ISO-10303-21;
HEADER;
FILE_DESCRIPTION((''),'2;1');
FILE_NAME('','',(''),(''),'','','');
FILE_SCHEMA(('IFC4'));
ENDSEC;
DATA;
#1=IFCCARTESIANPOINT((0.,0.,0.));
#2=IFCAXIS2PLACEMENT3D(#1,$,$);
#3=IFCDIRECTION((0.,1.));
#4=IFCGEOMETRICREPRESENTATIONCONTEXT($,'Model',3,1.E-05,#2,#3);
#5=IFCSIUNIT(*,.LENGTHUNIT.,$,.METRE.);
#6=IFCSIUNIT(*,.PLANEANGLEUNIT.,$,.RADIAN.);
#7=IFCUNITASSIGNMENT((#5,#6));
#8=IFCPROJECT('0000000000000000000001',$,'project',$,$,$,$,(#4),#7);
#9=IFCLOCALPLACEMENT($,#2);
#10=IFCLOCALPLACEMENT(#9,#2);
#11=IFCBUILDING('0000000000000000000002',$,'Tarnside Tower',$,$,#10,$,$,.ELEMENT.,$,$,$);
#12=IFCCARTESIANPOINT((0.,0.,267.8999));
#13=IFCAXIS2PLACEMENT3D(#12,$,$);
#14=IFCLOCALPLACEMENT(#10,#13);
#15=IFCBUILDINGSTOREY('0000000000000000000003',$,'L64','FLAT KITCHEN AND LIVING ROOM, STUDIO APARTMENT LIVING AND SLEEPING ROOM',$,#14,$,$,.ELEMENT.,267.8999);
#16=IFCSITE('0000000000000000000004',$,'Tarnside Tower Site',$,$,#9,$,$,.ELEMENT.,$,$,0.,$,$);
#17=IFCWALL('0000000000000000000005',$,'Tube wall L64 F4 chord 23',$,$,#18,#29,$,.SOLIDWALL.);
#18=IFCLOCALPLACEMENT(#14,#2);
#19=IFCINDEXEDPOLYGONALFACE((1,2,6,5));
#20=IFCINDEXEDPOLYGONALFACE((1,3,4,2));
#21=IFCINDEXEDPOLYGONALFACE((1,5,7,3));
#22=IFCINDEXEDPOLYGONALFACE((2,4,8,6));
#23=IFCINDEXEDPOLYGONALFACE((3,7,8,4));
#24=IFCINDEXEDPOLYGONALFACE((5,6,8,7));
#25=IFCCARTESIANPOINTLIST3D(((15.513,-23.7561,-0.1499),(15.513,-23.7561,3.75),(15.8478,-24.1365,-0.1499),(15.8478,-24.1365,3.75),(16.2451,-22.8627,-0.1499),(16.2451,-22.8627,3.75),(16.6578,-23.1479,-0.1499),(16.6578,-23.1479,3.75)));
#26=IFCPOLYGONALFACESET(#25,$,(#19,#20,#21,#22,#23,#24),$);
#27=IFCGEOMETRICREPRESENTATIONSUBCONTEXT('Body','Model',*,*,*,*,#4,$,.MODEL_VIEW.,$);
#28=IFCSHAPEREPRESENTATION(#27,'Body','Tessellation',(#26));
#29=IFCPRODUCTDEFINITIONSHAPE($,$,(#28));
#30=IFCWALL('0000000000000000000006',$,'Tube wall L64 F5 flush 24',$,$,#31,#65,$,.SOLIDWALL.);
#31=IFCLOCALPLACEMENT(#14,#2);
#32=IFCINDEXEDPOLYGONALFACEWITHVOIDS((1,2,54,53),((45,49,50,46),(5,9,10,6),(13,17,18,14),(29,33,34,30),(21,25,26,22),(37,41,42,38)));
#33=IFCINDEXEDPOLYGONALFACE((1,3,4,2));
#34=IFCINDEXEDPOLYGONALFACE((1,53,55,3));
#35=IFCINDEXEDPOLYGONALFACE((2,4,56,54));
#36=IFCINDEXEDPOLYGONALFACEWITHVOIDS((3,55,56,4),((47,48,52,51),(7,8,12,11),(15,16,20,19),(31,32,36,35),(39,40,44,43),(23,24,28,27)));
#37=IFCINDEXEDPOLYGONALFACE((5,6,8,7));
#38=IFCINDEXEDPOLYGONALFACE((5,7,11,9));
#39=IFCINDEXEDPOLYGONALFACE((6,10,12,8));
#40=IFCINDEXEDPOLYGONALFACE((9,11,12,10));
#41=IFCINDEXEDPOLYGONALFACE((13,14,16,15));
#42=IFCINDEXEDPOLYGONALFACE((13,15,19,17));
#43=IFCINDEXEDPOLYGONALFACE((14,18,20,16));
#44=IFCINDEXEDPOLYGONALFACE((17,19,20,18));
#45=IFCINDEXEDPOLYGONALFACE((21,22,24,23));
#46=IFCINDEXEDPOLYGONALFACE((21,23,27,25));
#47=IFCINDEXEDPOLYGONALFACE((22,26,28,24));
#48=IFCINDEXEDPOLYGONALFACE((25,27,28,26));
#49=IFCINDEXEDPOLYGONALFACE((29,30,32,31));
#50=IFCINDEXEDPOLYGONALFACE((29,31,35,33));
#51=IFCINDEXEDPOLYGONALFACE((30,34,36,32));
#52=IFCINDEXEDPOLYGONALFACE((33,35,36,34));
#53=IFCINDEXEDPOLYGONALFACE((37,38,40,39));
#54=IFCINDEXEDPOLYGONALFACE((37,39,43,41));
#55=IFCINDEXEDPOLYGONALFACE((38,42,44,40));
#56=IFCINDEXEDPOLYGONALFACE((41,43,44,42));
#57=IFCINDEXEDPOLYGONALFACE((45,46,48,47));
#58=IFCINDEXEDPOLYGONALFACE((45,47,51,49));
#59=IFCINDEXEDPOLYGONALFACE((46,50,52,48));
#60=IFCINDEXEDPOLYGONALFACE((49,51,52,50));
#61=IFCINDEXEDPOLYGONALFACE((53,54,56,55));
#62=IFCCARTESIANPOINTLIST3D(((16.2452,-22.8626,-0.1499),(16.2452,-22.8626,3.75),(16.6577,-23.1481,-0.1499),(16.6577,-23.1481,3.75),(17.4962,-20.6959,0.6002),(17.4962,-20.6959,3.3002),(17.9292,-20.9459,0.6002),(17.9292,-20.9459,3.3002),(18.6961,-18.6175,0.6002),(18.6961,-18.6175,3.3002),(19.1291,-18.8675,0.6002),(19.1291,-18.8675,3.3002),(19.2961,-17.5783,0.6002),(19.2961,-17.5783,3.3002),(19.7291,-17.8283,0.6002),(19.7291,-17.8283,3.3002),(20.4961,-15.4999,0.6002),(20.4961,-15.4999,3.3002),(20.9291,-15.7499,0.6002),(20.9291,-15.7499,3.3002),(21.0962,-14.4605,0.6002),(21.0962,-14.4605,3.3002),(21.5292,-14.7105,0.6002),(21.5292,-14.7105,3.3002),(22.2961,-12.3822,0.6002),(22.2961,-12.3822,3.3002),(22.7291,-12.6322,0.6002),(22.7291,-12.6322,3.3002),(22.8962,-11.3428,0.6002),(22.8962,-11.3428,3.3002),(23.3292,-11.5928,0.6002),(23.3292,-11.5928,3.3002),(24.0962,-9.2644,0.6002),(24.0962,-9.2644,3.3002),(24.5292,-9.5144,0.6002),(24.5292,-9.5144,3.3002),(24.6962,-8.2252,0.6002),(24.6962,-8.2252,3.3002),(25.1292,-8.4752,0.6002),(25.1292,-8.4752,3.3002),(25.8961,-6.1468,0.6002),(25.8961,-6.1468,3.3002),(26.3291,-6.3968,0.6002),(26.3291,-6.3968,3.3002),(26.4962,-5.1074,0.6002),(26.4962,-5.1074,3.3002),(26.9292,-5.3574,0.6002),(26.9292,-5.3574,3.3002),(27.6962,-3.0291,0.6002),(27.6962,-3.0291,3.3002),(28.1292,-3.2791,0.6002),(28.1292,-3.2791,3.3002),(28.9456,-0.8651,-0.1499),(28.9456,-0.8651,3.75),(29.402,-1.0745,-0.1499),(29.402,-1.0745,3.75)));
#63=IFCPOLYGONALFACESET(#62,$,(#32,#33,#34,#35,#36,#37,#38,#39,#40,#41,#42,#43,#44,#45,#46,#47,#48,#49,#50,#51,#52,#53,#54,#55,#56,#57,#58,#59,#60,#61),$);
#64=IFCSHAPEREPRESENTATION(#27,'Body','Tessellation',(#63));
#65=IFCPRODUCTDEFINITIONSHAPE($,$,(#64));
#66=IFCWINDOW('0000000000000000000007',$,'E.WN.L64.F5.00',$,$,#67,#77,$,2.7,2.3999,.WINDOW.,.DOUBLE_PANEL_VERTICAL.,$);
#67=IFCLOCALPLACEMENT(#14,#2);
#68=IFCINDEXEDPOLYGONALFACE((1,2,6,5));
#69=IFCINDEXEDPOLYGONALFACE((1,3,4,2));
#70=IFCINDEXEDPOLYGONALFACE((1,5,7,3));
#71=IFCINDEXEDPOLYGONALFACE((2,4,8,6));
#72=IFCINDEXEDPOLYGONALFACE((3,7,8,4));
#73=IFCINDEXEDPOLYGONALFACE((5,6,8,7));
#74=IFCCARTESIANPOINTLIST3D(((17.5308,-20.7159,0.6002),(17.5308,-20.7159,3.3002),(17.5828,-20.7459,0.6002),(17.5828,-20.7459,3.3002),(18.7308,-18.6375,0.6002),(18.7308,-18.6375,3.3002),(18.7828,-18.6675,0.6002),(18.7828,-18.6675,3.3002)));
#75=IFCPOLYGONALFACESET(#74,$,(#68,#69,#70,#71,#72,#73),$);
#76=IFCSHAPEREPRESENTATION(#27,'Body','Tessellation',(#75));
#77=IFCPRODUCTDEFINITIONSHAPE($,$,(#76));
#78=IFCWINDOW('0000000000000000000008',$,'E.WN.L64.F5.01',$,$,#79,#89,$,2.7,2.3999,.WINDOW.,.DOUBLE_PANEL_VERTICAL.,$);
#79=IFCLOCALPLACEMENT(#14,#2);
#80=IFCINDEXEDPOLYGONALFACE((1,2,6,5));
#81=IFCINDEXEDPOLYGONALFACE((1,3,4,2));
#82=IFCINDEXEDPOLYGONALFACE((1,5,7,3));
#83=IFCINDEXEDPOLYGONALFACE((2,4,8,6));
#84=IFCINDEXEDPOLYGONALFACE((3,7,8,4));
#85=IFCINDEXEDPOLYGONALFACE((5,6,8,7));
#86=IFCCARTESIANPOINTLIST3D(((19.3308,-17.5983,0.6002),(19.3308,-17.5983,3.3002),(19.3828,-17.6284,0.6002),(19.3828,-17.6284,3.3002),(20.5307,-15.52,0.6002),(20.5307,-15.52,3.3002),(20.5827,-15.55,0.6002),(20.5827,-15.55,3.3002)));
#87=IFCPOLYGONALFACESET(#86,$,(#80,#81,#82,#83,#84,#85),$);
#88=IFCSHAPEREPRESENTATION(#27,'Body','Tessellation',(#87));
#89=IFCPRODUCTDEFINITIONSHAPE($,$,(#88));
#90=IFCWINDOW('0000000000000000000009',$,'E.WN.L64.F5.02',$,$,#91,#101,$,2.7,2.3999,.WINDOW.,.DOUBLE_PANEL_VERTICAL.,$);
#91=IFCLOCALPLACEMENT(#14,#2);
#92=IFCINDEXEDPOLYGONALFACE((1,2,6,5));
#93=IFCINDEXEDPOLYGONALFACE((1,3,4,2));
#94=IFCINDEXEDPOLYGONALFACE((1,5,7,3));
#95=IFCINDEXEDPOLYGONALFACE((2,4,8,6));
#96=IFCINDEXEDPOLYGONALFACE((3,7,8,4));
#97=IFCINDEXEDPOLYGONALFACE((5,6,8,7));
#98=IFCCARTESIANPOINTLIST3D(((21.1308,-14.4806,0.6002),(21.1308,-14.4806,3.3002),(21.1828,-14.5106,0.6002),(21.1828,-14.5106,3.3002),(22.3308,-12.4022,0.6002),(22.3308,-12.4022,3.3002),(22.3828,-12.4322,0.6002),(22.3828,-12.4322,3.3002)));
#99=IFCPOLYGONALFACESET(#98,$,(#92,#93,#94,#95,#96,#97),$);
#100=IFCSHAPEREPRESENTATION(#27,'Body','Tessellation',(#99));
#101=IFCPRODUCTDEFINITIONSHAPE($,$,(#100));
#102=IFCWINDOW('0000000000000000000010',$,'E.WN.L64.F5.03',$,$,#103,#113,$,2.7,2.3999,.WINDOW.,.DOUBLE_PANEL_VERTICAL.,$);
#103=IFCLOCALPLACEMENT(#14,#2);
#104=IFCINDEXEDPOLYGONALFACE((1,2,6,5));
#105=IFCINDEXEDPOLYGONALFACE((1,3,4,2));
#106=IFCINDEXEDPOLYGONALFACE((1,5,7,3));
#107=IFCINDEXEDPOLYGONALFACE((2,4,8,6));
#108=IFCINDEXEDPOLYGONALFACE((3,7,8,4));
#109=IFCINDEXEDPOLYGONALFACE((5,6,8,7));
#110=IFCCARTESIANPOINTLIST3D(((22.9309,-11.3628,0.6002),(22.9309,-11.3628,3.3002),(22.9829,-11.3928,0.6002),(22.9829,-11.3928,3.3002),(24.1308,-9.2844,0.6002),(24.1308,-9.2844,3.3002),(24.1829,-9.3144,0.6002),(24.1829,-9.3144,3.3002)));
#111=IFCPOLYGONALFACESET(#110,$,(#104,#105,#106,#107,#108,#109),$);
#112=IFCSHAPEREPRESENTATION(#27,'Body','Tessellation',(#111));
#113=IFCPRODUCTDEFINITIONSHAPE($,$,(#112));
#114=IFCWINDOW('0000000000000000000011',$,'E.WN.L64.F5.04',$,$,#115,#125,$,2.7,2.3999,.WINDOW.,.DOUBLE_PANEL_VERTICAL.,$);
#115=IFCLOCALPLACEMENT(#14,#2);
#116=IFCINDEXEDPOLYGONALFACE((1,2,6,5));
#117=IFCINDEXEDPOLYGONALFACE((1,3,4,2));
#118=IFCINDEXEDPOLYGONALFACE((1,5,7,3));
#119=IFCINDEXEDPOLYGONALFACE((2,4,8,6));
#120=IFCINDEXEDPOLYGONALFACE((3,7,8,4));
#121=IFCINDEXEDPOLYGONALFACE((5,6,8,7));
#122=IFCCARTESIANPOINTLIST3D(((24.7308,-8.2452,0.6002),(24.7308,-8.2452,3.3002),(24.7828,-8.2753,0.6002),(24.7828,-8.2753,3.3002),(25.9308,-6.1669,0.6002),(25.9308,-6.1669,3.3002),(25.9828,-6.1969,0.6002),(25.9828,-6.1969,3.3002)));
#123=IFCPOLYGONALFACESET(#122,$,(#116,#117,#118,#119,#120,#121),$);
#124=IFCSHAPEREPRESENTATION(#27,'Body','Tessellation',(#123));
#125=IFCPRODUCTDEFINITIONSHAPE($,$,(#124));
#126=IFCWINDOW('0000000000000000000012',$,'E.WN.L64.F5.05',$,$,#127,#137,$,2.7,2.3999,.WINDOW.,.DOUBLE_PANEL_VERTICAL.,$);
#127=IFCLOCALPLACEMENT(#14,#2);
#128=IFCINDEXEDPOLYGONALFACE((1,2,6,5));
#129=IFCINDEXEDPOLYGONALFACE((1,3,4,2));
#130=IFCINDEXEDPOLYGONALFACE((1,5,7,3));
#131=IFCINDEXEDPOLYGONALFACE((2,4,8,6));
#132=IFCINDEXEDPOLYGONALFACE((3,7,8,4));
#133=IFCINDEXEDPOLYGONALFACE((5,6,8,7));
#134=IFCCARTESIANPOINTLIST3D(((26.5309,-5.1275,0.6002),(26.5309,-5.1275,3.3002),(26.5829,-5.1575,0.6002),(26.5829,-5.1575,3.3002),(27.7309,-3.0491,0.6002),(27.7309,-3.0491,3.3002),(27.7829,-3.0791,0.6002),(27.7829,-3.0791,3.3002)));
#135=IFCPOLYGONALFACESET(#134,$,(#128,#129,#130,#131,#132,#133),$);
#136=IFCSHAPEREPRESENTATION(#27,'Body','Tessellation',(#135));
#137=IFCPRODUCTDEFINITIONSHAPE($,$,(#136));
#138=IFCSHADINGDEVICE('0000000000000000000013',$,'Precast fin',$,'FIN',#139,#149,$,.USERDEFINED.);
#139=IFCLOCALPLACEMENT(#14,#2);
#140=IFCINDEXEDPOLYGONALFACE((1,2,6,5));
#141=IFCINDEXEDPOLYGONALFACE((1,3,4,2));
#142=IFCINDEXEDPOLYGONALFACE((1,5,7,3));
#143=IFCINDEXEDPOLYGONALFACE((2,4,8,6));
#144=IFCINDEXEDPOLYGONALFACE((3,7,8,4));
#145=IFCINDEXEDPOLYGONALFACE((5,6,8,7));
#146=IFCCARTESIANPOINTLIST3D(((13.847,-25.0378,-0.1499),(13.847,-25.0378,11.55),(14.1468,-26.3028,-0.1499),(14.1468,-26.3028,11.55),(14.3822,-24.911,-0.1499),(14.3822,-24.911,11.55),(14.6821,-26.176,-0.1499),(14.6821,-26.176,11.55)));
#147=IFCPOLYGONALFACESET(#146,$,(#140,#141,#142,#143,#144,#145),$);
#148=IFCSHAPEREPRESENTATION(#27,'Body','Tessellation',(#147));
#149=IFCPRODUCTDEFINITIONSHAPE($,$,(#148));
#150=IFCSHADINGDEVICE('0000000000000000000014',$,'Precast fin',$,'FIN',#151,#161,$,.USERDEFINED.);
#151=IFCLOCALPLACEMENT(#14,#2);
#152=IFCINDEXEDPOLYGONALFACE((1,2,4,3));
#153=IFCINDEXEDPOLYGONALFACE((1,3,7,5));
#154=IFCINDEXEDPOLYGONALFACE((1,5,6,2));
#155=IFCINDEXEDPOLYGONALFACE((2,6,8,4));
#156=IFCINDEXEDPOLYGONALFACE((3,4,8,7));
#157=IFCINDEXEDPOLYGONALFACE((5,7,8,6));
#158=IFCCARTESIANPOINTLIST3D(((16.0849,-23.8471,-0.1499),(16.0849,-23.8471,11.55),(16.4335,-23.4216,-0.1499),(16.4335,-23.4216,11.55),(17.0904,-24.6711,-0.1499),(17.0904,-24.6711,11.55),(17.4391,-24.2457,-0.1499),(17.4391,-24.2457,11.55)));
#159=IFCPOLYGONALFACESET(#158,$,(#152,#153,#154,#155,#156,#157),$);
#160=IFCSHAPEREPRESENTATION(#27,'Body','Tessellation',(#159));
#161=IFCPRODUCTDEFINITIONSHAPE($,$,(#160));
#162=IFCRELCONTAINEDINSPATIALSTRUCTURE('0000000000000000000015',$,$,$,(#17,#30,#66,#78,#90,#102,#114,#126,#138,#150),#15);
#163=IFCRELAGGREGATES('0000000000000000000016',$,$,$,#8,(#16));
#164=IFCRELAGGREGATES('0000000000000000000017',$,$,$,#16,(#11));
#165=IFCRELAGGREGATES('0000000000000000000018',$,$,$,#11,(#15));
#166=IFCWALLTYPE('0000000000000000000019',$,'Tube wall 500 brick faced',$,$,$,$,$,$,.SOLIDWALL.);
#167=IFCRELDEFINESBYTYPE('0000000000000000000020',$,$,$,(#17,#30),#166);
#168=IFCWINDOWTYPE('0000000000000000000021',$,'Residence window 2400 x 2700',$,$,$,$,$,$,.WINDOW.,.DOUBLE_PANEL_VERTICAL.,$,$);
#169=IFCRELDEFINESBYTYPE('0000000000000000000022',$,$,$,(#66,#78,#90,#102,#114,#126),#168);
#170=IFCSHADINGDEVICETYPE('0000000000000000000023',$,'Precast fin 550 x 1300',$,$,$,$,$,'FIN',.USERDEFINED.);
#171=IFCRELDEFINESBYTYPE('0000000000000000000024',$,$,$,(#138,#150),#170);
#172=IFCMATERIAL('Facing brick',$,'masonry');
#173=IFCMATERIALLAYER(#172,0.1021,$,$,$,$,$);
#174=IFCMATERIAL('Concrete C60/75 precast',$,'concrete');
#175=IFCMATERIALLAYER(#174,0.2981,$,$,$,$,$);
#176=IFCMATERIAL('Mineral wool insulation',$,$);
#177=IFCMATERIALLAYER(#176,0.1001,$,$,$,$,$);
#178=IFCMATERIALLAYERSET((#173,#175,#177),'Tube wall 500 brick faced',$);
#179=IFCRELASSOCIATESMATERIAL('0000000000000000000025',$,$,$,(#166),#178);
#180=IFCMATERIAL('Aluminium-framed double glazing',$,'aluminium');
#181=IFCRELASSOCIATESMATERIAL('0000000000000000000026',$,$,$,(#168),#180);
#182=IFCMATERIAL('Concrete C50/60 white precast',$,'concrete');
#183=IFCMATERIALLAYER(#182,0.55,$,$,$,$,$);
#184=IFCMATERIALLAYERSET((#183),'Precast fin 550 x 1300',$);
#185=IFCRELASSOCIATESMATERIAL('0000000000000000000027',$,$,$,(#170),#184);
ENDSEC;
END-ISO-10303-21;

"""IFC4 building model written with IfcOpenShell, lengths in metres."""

from ifc_helpers import new_model, si_unit, direction, frame, frame_2d, origin, place, context, subcontext, project, spatial, polyline, rectangle, outline, extrude, material, layer, layer_set, type_object, element, fill, save


model = new_model("IFC4")

# Units and contexts
model_context = context("Model", 3, precision=1e-05, world=origin(), true_north=direction((0.0, 1.0)))
body_context = subcontext(model_context, "Body", "Model", "MODEL_VIEW")
ifc_project = project(units=[si_unit("LENGTHUNIT", "METRE"), si_unit("PLANEANGLEUNIT", "RADIAN")], contexts=[model_context])

# Site, building, storey
site_placement = place(None, origin())
site = spatial("IfcSite", under=ifc_project, at=site_placement, Name="Tarnside Tower Site", CompositionType="ELEMENT", RefElevation=0.0)
building_placement = place(site_placement, origin())
building = spatial("IfcBuilding", under=site, at=building_placement, Name="Tarnside Tower", CompositionType="ELEMENT")
storey_placement = place(building_placement, frame((0.0, 0.0, 267.8999)))
storey = spatial("IfcBuildingStorey", under=building, at=storey_placement, Name="L64", Description="FLAT KITCHEN AND LIVING ROOM, STUDIO APARTMENT LIVING AND SLEEPING ROOM", CompositionType="ELEMENT", Elevation=267.8999)

# Wall
ifc_material_1 = material(Name="Facing brick", Category="masonry")
ifc_layer_1 = layer(ifc_material_1, 0.1021)
ifc_material_2 = material(Name="Concrete C60/75 precast", Category="concrete")
ifc_layer_2 = layer(ifc_material_2, 0.2981)
ifc_material_3 = material(Name="Mineral wool insulation")
ifc_layer_3 = layer(ifc_material_3, 0.1001)
ifc_layer_set_1 = layer_set([ifc_layer_1, ifc_layer_2, ifc_layer_3], Name="Tube wall 500 brick faced")
wall_type_1 = type_object("IfcWallType", Name="Tube wall 500 brick faced", PredefinedType="SOLIDWALL", material=ifc_layer_set_1)
wall_1_placement = place(storey_placement, frame((15.6804, -23.9463, -0.1499), z_axis=(0.0, 0.0, 1.0), x_axis=(0.633806, 0.773492, 0.0)))
element("IfcWall", 1, at=wall_1_placement, inside=storey, type_object=wall_type_1, Name="Tube wall L64 F4 chord 23", PredefinedType="SOLIDWALL", context=body_context, shape_type="SweptSolid", body=[
    extrude(outline(polyline([(-0.041, -0.25), (1.2371, -0.25), (1.196, 0.25), (0.041, 0.25), (-0.041, -0.25)])), origin(), (0.0, 0.0, 1.0), 3.8999),
])

# Wall, openings, windows
wall_2_placement = place(storey_placement, frame((16.4514, -23.0054, -0.1499), z_axis=(0.0, 0.0, 1.0), x_axis=(0.500004, 0.866023, 0.0)))
wall_2 = element("IfcWall", 2, at=wall_2_placement, inside=storey, type_object=wall_type_1, Name="Tube wall L64 F5 flush 24", PredefinedType="SOLIDWALL", context=body_context, shape_type="SweptSolid", body=[
    extrude(outline(polyline([(-0.0205, -0.25), (25.468, -0.25), (25.4211, 0.25), (0.0205, 0.25), (-0.0205, -0.25)])), origin(), (0.0, 0.0, 1.0), 3.8999),
])
opening_1_placement = place(wall_2_placement, frame((2.5225, 0.0, 0.75)))
opening_1 = element("IfcOpeningElement", 3, at=opening_1_placement, cuts=wall_2, PredefinedType="OPENING", context=body_context, shape_type="SweptSolid", body=[
    extrude(rectangle(XDim=2.3999, YDim=2.7, at=frame_2d((1.2, 1.3501))), frame((0.0, 0.26, 0.0), z_axis=(0.0, -1.0, 0.0), x_axis=(1.0, 0.0, 0.0)), (0.0, 0.0, 1.0), 0.52),
])
opening_2_placement = place(wall_2_placement, frame((6.1223, 0.0, 0.75)))
opening_2 = element("IfcOpeningElement", 4, at=opening_2_placement, cuts=wall_2, PredefinedType="OPENING", context=body_context, shape_type="SweptSolid", body=[
    extrude(rectangle(XDim=2.3999, YDim=2.7, at=frame_2d((1.2, 1.3501))), frame((0.0, 0.26, 0.0), z_axis=(0.0, -1.0, 0.0), x_axis=(1.0, 0.0, 0.0)), (0.0, 0.0, 1.0), 0.52),
])
opening_3_placement = place(wall_2_placement, frame((9.7224, 0.0, 0.75)))
opening_3 = element("IfcOpeningElement", 5, at=opening_3_placement, cuts=wall_2, PredefinedType="OPENING", context=body_context, shape_type="SweptSolid", body=[
    extrude(rectangle(XDim=2.3999, YDim=2.7, at=frame_2d((1.2, 1.3501))), frame((0.0, 0.26, 0.0), z_axis=(0.0, -1.0, 0.0), x_axis=(1.0, 0.0, 0.0)), (0.0, 0.0, 1.0), 0.52),
])
opening_4_placement = place(wall_2_placement, frame((13.3225, 0.0, 0.75)))
opening_4 = element("IfcOpeningElement", 6, at=opening_4_placement, cuts=wall_2, PredefinedType="OPENING", context=body_context, shape_type="SweptSolid", body=[
    extrude(rectangle(XDim=2.3999, YDim=2.7, at=frame_2d((1.2, 1.3501))), frame((0.0, 0.26, 0.0), z_axis=(0.0, -1.0, 0.0), x_axis=(1.0, 0.0, 0.0)), (0.0, 0.0, 1.0), 0.52),
])
opening_5_placement = place(wall_2_placement, frame((16.9224, 0.0, 0.75)))
opening_5 = element("IfcOpeningElement", 7, at=opening_5_placement, cuts=wall_2, PredefinedType="OPENING", context=body_context, shape_type="SweptSolid", body=[
    extrude(rectangle(XDim=2.3999, YDim=2.7, at=frame_2d((1.2, 1.3501))), frame((0.0, 0.26, 0.0), z_axis=(0.0, -1.0, 0.0), x_axis=(1.0, 0.0, 0.0)), (0.0, 0.0, 1.0), 0.52),
])
opening_6_placement = place(wall_2_placement, frame((20.5225, 0.0, 0.75)))
opening_6 = element("IfcOpeningElement", 8, at=opening_6_placement, cuts=wall_2, PredefinedType="OPENING", context=body_context, shape_type="SweptSolid", body=[
    extrude(rectangle(XDim=2.3999, YDim=2.7, at=frame_2d((1.2, 1.3501))), frame((0.0, 0.26, 0.0), z_axis=(0.0, -1.0, 0.0), x_axis=(1.0, 0.0, 0.0)), (0.0, 0.0, 1.0), 0.52),
])
ifc_material_4 = material(Name="Aluminium-framed double glazing", Category="aluminium")
window_type = type_object("IfcWindowType", Name="Residence window 2400 x 2700", PartitioningType="DOUBLE_PANEL_VERTICAL", PredefinedType="WINDOW", material=ifc_material_4)
window_1_placement = place(opening_1_placement, frame((0.0, 0.1799, 0.0)))
window_1 = element("IfcWindow", 9, at=window_1_placement, inside=storey, type_object=window_type, Name="E.WN.L64.F5.00", OverallHeight=2.7, OverallWidth=2.3999, PartitioningType="DOUBLE_PANEL_VERTICAL", PredefinedType="WINDOW", context=body_context, shape_type="SweptSolid", body=[
    extrude(rectangle(XDim=2.3999, YDim=2.7, at=frame_2d((1.2, 1.3501))), frame((0.0, 0.03, 0.0), z_axis=(0.0, -1.0, 0.0), x_axis=(1.0, 0.0, 0.0)), (0.0, 0.0, 1.0), 0.0601),
])
fill(opening_1, window_1)
window_2_placement = place(opening_2_placement, frame((0.0, 0.1799, 0.0)))
window_2 = element("IfcWindow", 10, at=window_2_placement, inside=storey, type_object=window_type, Name="E.WN.L64.F5.01", OverallHeight=2.7, OverallWidth=2.3999, PartitioningType="DOUBLE_PANEL_VERTICAL", PredefinedType="WINDOW", context=body_context, shape_type="SweptSolid", body=[
    extrude(rectangle(XDim=2.3999, YDim=2.7, at=frame_2d((1.2, 1.3501))), frame((0.0, 0.03, 0.0), z_axis=(0.0, -1.0, 0.0), x_axis=(1.0, 0.0, 0.0)), (0.0, 0.0, 1.0), 0.0601),
])
fill(opening_2, window_2)
window_3_placement = place(opening_3_placement, frame((0.0, 0.1799, 0.0)))
window_3 = element("IfcWindow", 11, at=window_3_placement, inside=storey, type_object=window_type, Name="E.WN.L64.F5.02", OverallHeight=2.7, OverallWidth=2.3999, PartitioningType="DOUBLE_PANEL_VERTICAL", PredefinedType="WINDOW", context=body_context, shape_type="SweptSolid", body=[
    extrude(rectangle(XDim=2.3999, YDim=2.7, at=frame_2d((1.2, 1.3501))), frame((0.0, 0.03, 0.0), z_axis=(0.0, -1.0, 0.0), x_axis=(1.0, 0.0, 0.0)), (0.0, 0.0, 1.0), 0.0601),
])
fill(opening_3, window_3)
window_4_placement = place(opening_4_placement, frame((0.0, 0.1799, 0.0)))
window_4 = element("IfcWindow", 12, at=window_4_placement, inside=storey, type_object=window_type, Name="E.WN.L64.F5.03", OverallHeight=2.7, OverallWidth=2.3999, PartitioningType="DOUBLE_PANEL_VERTICAL", PredefinedType="WINDOW", context=body_context, shape_type="SweptSolid", body=[
    extrude(rectangle(XDim=2.3999, YDim=2.7, at=frame_2d((1.2, 1.3501))), frame((0.0, 0.03, 0.0), z_axis=(0.0, -1.0, 0.0), x_axis=(1.0, 0.0, 0.0)), (0.0, 0.0, 1.0), 0.0601),
])
fill(opening_4, window_4)
window_5_placement = place(opening_5_placement, frame((0.0, 0.1799, 0.0)))
window_5 = element("IfcWindow", 13, at=window_5_placement, inside=storey, type_object=window_type, Name="E.WN.L64.F5.04", OverallHeight=2.7, OverallWidth=2.3999, PartitioningType="DOUBLE_PANEL_VERTICAL", PredefinedType="WINDOW", context=body_context, shape_type="SweptSolid", body=[
    extrude(rectangle(XDim=2.3999, YDim=2.7, at=frame_2d((1.2, 1.3501))), frame((0.0, 0.03, 0.0), z_axis=(0.0, -1.0, 0.0), x_axis=(1.0, 0.0, 0.0)), (0.0, 0.0, 1.0), 0.0601),
])
fill(opening_5, window_5)
window_6_placement = place(opening_6_placement, frame((0.0, 0.1799, 0.0)))
window_6 = element("IfcWindow", 14, at=window_6_placement, inside=storey, type_object=window_type, Name="E.WN.L64.F5.05", OverallHeight=2.7, OverallWidth=2.3999, PartitioningType="DOUBLE_PANEL_VERTICAL", PredefinedType="WINDOW", context=body_context, shape_type="SweptSolid", body=[
    extrude(rectangle(XDim=2.3999, YDim=2.7, at=frame_2d((1.2, 1.3501))), frame((0.0, 0.03, 0.0), z_axis=(0.0, -1.0, 0.0), x_axis=(1.0, 0.0, 0.0)), (0.0, 0.0, 1.0), 0.0601),
])
fill(opening_6, window_6)

# Shading devices
ifc_material_5 = material(Name="Concrete C50/60 white precast", Category="concrete")
ifc_layer_4 = layer(ifc_material_5, 0.55)
ifc_layer_set_2 = layer_set([ifc_layer_4], Name="Precast fin 550 x 1300")
shading_device_type_1 = type_object("IfcShadingDeviceType", Name="Precast fin 550 x 1300", ElementType="FIN", PredefinedType="USERDEFINED", material=ifc_layer_set_2)
for number, where, z_axis, x_axis, name in (
    (15, (14.1147, -24.9744, -0.1499), (-0.973045, -0.230616, 0.0), (0.230616, -0.973045, 0.0), "Precast fin"),
    (16, (16.2593, -23.6343, -0.1499), (-0.633831, -0.773472, 0.0), (0.773472, -0.633831, 0.0), "Precast fin"),
):
    element("IfcShadingDevice", number, at=place(storey_placement, frame(where, z_axis=z_axis, x_axis=x_axis)), inside=storey, type_object=shading_device_type_1, Name=name, ObjectType="FIN", PredefinedType="USERDEFINED", context=body_context, shape_type="SweptSolid", body=[
        extrude(outline(polyline([(0.0, 0.0), (1.3, 0.0), (1.3, 11.7), (0.0, 11.7), (0.0, 0.0)])), frame((0.0, 0.0, -0.2749)), (0.0, 0.0, 1.0), 0.55),
    ])

save(model, "model.ifc")
